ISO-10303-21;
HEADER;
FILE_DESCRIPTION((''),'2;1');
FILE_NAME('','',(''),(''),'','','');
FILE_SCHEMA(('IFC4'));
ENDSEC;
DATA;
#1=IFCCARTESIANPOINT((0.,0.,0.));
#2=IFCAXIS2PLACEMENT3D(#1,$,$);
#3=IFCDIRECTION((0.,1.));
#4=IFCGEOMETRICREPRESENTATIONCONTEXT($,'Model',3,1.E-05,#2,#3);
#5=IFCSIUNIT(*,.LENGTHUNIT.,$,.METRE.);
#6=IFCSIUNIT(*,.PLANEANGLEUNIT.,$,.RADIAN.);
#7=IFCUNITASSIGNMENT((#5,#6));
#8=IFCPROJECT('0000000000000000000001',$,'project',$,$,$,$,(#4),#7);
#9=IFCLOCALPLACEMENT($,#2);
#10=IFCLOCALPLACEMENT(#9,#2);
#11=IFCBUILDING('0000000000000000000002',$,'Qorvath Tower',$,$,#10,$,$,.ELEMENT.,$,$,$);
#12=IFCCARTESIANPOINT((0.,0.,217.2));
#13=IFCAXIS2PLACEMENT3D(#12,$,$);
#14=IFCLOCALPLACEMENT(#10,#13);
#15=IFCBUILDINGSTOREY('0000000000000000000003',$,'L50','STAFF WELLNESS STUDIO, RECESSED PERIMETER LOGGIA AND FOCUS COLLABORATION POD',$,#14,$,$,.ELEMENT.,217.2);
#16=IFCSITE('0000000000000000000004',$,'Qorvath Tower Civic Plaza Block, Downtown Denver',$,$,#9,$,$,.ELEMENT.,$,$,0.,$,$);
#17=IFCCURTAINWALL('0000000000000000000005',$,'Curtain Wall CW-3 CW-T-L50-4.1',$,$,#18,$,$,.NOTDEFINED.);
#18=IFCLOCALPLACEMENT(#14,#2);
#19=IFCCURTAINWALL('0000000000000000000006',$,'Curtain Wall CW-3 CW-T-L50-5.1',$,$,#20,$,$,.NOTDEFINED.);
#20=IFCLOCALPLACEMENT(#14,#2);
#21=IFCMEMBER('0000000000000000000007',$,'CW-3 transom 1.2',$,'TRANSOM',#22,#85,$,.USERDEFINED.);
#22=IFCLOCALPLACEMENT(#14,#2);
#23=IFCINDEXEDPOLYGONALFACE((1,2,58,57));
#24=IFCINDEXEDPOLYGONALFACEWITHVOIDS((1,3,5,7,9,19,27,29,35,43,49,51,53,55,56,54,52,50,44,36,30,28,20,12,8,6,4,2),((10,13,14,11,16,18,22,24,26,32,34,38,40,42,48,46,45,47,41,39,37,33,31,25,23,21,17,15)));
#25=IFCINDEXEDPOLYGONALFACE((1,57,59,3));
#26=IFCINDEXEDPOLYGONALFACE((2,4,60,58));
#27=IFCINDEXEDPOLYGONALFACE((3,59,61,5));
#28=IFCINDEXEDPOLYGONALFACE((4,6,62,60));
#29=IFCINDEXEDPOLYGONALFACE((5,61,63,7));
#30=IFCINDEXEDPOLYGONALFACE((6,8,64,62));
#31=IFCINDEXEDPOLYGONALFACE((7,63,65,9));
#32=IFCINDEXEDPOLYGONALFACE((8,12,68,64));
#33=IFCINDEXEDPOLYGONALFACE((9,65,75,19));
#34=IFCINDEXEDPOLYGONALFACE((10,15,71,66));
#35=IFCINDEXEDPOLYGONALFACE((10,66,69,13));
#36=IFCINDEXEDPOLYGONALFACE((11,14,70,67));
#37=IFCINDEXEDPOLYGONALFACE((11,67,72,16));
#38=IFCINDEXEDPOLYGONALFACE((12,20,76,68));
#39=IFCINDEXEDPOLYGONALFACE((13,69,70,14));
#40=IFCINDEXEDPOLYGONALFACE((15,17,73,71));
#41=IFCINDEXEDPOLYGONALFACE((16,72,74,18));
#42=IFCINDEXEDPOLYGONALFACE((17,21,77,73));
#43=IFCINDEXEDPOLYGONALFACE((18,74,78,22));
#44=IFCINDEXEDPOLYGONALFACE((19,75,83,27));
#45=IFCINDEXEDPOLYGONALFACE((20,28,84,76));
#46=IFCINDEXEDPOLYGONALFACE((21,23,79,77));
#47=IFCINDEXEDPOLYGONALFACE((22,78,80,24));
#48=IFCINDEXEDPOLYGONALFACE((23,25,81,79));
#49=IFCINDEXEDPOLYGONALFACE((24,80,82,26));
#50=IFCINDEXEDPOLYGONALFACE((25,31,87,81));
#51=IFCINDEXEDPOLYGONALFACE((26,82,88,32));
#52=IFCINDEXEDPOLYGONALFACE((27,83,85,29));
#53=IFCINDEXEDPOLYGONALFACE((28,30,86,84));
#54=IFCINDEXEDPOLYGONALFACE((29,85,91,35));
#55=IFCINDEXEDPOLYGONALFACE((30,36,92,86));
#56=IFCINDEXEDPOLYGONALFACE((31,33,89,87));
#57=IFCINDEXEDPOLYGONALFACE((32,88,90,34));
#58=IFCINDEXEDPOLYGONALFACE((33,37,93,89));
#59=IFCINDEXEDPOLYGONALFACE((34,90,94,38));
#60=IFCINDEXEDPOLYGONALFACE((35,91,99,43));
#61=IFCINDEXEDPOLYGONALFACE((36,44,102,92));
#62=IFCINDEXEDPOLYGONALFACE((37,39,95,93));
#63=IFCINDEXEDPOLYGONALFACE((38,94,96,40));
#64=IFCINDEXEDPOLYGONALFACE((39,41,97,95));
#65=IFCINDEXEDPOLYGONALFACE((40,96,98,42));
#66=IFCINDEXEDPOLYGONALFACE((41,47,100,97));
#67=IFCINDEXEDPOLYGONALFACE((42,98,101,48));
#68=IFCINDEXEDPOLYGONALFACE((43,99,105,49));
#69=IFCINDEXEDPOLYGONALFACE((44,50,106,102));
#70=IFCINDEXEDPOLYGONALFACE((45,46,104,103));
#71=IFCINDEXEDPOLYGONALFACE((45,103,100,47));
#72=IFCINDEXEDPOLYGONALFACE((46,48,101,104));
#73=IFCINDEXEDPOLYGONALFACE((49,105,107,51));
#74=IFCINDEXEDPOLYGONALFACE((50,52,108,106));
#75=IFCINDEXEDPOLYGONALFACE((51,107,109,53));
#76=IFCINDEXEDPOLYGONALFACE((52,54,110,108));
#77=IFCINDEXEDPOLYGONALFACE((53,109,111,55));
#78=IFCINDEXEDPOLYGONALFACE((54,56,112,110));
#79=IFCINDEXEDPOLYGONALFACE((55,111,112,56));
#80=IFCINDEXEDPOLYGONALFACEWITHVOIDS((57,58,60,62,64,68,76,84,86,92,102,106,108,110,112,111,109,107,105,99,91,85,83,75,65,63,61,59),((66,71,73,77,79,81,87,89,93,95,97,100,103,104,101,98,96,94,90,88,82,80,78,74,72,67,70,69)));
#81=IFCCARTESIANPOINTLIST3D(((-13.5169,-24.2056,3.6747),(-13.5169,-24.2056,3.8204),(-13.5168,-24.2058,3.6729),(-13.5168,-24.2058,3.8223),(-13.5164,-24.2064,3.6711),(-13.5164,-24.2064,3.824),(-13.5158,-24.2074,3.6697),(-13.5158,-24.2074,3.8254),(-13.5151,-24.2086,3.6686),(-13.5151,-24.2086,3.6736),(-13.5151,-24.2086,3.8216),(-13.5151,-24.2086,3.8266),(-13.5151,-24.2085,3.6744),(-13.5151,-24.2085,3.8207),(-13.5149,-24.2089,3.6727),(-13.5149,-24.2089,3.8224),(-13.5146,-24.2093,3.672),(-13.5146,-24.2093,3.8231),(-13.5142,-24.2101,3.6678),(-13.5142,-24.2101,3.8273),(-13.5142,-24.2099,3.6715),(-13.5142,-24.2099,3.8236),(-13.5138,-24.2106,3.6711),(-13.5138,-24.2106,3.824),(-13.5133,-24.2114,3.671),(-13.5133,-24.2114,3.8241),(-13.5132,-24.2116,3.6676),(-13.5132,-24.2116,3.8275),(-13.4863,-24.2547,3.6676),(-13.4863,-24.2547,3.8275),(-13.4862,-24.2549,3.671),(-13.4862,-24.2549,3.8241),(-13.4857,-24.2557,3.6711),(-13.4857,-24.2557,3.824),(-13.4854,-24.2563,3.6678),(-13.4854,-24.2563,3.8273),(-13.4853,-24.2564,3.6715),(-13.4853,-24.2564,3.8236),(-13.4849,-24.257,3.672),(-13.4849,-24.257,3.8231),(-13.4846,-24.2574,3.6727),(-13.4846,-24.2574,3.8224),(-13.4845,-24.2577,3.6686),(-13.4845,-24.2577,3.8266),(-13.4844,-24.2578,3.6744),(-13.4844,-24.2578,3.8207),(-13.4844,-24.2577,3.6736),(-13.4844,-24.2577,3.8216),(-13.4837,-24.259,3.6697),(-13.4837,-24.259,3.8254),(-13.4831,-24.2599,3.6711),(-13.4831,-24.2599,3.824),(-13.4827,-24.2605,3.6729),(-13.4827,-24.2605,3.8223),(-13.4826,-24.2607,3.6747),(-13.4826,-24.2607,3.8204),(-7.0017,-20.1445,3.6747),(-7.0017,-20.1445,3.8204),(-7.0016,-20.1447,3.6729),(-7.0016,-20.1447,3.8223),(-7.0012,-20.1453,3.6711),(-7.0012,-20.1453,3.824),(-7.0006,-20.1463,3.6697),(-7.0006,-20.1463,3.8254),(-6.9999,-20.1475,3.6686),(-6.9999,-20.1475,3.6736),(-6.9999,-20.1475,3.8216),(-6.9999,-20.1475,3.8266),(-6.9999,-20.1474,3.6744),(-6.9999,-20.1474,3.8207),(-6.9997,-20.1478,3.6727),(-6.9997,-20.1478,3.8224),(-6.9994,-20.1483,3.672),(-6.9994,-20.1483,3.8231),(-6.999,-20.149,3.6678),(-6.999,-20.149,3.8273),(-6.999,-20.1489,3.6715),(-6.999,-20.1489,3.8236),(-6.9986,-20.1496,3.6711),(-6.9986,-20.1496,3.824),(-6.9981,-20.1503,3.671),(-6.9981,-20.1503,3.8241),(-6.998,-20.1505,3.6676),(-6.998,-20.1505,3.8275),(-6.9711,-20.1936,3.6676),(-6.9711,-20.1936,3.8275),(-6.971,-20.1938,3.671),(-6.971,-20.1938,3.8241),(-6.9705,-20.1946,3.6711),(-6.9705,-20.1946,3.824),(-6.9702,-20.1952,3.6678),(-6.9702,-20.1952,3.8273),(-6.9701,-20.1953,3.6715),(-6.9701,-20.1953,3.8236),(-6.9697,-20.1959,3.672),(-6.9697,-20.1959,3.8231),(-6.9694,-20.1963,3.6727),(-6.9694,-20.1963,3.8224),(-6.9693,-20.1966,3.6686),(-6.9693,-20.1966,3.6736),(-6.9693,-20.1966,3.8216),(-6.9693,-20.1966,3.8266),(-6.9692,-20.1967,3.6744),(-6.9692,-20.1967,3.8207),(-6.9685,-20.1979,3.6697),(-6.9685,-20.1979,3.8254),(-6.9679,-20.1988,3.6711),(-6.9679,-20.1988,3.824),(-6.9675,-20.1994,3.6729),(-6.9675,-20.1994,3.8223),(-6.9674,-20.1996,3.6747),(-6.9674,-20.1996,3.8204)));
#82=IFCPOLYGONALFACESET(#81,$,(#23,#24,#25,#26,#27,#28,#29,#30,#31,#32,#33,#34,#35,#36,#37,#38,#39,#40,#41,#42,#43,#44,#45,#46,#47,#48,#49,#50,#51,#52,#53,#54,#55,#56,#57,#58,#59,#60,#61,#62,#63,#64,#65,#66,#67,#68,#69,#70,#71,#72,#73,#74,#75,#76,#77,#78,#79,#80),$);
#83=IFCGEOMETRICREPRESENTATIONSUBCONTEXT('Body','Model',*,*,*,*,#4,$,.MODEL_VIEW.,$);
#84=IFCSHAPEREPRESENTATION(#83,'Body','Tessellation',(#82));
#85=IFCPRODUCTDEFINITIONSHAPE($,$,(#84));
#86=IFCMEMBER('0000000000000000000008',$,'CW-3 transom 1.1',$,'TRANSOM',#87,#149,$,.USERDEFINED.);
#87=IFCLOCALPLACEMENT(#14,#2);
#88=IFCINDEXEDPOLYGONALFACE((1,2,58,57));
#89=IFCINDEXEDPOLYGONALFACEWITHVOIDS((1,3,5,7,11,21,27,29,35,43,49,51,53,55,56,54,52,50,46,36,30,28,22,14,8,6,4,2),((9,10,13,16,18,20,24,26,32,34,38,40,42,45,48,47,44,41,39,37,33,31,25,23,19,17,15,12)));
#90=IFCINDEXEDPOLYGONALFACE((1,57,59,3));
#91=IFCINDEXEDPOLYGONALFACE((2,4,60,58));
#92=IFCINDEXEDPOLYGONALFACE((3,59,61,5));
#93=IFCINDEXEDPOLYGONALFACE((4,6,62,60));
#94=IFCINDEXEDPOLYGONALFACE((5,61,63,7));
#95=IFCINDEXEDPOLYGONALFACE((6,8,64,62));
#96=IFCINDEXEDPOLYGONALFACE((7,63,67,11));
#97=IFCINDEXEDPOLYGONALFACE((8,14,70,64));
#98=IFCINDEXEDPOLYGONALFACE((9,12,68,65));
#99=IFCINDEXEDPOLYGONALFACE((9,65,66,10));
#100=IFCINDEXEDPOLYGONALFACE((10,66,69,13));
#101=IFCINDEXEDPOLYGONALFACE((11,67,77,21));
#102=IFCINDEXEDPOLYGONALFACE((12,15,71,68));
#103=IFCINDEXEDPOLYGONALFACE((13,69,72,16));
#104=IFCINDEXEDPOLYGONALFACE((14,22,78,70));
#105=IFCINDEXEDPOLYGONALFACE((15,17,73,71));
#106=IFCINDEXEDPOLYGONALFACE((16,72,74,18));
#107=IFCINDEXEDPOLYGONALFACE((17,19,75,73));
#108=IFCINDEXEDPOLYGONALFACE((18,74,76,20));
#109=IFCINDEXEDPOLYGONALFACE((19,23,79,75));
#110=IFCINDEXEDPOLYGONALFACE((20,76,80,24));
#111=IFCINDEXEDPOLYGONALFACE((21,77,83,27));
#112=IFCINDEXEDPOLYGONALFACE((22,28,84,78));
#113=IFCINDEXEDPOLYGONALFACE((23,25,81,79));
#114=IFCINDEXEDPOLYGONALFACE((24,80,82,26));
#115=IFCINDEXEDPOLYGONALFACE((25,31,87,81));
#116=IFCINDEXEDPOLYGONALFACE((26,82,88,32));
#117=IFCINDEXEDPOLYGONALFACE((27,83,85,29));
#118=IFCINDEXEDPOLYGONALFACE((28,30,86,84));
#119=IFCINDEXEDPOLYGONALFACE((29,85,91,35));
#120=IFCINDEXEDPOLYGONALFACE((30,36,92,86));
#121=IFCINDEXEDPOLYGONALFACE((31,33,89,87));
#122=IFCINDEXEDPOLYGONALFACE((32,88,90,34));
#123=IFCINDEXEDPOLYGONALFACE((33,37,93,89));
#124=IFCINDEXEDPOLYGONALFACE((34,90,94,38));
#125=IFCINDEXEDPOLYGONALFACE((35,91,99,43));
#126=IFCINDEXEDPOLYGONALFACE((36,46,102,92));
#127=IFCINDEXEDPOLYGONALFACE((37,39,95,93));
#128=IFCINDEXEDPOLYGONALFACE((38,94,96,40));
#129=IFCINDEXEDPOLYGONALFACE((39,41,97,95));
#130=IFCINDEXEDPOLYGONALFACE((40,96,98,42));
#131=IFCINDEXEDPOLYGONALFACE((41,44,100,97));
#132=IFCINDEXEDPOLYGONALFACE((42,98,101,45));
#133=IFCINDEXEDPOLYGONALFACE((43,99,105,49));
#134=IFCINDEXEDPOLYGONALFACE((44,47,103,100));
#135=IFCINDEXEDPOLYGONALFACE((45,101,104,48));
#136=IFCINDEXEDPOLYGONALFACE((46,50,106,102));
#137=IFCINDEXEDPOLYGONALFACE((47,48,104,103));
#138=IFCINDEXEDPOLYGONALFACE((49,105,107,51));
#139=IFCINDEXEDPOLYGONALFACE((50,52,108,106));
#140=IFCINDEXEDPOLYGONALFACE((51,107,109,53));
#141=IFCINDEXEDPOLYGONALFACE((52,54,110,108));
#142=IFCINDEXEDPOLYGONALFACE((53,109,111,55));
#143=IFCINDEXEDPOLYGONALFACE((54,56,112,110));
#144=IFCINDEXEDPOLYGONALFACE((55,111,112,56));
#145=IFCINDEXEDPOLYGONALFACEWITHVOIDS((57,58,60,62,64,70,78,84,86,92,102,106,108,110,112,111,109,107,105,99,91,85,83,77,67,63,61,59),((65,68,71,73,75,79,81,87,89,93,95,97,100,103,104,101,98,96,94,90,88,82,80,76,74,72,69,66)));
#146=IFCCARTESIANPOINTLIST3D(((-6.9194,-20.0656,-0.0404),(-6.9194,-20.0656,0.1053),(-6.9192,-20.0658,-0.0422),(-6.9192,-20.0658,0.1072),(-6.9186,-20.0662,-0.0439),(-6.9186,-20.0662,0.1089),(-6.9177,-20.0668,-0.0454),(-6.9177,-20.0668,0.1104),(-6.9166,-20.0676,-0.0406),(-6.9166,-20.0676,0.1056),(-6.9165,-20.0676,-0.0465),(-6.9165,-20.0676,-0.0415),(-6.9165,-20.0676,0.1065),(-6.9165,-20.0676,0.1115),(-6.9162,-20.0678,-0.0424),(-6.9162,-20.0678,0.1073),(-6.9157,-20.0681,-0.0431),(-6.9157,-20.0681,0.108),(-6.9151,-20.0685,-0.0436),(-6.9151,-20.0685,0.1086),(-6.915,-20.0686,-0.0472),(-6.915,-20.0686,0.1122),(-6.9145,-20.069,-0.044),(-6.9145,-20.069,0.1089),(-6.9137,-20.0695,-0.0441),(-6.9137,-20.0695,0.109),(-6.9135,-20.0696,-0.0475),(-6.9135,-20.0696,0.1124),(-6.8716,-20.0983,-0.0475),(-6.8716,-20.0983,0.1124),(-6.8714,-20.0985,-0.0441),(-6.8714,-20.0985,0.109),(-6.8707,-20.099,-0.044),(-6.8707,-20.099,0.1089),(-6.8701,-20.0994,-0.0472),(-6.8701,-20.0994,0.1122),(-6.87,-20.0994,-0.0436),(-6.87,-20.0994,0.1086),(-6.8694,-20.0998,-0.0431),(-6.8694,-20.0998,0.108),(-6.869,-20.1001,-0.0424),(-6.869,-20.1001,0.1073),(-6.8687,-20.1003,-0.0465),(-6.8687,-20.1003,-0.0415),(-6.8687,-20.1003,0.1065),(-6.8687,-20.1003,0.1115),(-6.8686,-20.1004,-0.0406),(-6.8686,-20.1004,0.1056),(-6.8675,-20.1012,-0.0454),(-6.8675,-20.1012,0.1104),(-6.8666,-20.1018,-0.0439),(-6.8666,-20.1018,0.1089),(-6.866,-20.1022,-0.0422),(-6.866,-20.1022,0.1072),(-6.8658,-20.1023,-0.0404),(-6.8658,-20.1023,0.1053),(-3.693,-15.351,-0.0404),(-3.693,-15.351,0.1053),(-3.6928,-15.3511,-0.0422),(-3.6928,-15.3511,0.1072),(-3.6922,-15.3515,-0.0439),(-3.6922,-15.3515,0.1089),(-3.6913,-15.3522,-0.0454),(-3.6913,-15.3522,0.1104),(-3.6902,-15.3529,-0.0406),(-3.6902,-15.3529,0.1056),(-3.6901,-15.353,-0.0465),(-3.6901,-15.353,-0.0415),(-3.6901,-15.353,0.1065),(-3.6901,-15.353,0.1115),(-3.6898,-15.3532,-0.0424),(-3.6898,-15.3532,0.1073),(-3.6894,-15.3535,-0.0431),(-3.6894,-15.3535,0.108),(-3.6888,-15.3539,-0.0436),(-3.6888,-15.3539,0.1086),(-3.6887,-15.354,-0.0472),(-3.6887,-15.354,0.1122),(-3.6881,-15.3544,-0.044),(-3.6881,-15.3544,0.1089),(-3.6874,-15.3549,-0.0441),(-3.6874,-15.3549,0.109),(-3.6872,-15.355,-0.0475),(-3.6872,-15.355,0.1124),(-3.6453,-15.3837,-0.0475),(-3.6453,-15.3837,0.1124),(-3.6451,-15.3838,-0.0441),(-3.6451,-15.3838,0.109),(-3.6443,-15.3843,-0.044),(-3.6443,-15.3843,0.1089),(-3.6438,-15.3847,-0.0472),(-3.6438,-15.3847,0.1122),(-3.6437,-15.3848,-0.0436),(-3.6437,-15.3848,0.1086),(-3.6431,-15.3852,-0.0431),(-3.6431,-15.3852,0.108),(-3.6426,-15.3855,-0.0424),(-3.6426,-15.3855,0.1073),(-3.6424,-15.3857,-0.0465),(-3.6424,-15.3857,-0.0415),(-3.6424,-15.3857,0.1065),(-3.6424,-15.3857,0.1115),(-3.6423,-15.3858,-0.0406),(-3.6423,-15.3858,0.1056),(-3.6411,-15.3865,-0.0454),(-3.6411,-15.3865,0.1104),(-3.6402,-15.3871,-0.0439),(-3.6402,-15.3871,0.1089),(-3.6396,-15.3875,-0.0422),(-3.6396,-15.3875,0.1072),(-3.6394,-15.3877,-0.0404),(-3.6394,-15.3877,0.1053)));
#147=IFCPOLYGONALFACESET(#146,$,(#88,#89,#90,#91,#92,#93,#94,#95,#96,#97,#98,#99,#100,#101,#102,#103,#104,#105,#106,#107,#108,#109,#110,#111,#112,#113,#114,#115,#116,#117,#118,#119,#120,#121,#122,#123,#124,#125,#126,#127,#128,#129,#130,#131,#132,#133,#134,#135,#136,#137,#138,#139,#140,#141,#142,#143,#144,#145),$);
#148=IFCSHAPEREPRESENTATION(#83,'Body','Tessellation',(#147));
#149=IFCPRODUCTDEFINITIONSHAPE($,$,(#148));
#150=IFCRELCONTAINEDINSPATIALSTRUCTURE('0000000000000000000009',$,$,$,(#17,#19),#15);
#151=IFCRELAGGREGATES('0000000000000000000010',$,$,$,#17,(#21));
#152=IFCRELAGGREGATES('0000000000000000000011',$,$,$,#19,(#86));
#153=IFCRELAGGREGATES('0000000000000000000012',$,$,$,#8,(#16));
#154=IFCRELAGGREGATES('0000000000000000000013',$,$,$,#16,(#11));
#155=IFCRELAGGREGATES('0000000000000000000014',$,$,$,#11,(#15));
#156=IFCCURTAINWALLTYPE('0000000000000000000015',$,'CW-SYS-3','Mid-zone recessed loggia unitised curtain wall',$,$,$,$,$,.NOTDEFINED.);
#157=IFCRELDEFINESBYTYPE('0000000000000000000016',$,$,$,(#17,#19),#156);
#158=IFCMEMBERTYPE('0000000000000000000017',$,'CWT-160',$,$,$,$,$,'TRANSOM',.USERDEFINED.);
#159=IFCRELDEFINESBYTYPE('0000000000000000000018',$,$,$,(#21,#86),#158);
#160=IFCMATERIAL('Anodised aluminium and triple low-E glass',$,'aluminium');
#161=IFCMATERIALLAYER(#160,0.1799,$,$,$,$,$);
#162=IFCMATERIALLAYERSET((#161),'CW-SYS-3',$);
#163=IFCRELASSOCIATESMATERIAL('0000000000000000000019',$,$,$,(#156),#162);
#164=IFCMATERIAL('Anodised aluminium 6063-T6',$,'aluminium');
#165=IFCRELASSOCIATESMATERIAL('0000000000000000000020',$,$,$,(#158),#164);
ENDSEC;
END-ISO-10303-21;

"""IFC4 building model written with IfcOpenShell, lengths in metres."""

from ifc_helpers import new_model, si_unit, direction, frame, origin, origin_2d, place, context, subcontext, project, spatial, hollow_rectangle, extrude, material, layer, layer_set, material_profile, profile_set, type_object, element, aggregate, save


model = new_model("IFC4")

# Units and contexts
model_context = context("Model", 3, precision=1e-05, world=origin(), true_north=direction((0.0, 1.0)))
body_context = subcontext(model_context, "Body", "Model", "MODEL_VIEW")
ifc_project = project(units=[si_unit("LENGTHUNIT", "METRE"), si_unit("PLANEANGLEUNIT", "RADIAN")], contexts=[model_context])

# Site, building, storey
site_placement = place(None, origin())
site = spatial("IfcSite", under=ifc_project, at=site_placement, Name="Qorvath Tower Civic Plaza Block, Downtown Denver", CompositionType="ELEMENT", RefElevation=0.0)
building_placement = place(site_placement, origin())
building = spatial("IfcBuilding", under=site, at=building_placement, Name="Qorvath Tower", CompositionType="ELEMENT")
storey_placement = place(building_placement, frame((0.0, 0.0, 217.2)))
storey = spatial("IfcBuildingStorey", under=building, at=storey_placement, Name="L50", Description="STAFF WELLNESS STUDIO, RECESSED PERIMETER LOGGIA AND FOCUS COLLABORATION POD", CompositionType="ELEMENT", Elevation=217.2)

# Curtain wall
ifc_material_1 = material(Name="Anodised aluminium and triple low-E glass", Category="aluminium")
ifc_layer_1 = layer(ifc_material_1, 0.1799)
ifc_layer_set_1 = layer_set([ifc_layer_1], Name="CW-SYS-3")
curtain_wall_type = type_object("IfcCurtainWallType", Name="CW-SYS-3", Description="Mid-zone recessed loggia unitised curtain wall", PredefinedType="NOTDEFINED", material=ifc_layer_set_1)
curtain_wall_1_placement = place(storey_placement, origin())
curtain_wall_1 = element("IfcCurtainWall", 1, at=curtain_wall_1_placement, inside=storey, type_object=curtain_wall_type, Name="Curtain Wall CW-3 CW-T-L50-4.1", PredefinedType="NOTDEFINED")

# Curtain wall
curtain_wall_2_placement = place(storey_placement, origin())
curtain_wall_2 = element("IfcCurtainWall", 2, at=curtain_wall_2_placement, inside=storey, type_object=curtain_wall_type, Name="Curtain Wall CW-3 CW-T-L50-5.1", PredefinedType="NOTDEFINED")

# Members
ifc_material_2 = material(Name="Anodised aluminium 6063-T6", Category="aluminium")
ifc_material_profile_1 = material_profile(ifc_material_2, hollow_rectangle(XDim=0.0649, YDim=0.1599, WallThickness=0.0034, InnerFilletRadius=0.0034, OuterFilletRadius=0.0071, at=origin_2d()), Name="CWT 160x65")
ifc_profile_set_1 = profile_set([ifc_material_profile_1], Name="Anodised aluminium 6063-T6")
member_type_1 = type_object("IfcMemberType", Name="CWT-160", ElementType="TRANSOM", PredefinedType="USERDEFINED", material=ifc_profile_set_1)
member_1_placement = place(storey_placement, frame((-13.4998, -24.2332, 3.7476), z_axis=(0.848637, 0.528975, 0.0), x_axis=(-0.528975, 0.848637, 0.0)))
member_1 = element("IfcMember", 3, at=member_1_placement, type_object=member_type_1, Name="CW-3 transom 1.2", ObjectType="TRANSOM", PredefinedType="USERDEFINED", context=body_context, shape_type="SweptSolid", body=[
    extrude(hollow_rectangle(XDim=0.0649, YDim=0.1599, WallThickness=0.0034, InnerFilletRadius=0.0034, OuterFilletRadius=0.0071, at=origin_2d()), origin(), (0.0, 0.0, 1.0), 7.6772),
])
member_2_placement = place(storey_placement, frame((-6.8926, -20.084, 0.0325), z_axis=(0.564748, 0.825263, 0.0), x_axis=(-0.825263, 0.564748, 0.0)))
member_2 = element("IfcMember", 4, at=member_2_placement, type_object=member_type_1, Name="CW-3 transom 1.1", ObjectType="TRANSOM", PredefinedType="USERDEFINED", context=body_context, shape_type="SweptSolid", body=[
    extrude(hollow_rectangle(XDim=0.0649, YDim=0.1599, WallThickness=0.0034, InnerFilletRadius=0.0034, OuterFilletRadius=0.0071, at=origin_2d()), origin(), (0.0, 0.0, 1.0), 5.7129),
])

aggregate(curtain_wall_1, [member_1])
aggregate(curtain_wall_2, [member_2])

save(model, "model.ifc")
